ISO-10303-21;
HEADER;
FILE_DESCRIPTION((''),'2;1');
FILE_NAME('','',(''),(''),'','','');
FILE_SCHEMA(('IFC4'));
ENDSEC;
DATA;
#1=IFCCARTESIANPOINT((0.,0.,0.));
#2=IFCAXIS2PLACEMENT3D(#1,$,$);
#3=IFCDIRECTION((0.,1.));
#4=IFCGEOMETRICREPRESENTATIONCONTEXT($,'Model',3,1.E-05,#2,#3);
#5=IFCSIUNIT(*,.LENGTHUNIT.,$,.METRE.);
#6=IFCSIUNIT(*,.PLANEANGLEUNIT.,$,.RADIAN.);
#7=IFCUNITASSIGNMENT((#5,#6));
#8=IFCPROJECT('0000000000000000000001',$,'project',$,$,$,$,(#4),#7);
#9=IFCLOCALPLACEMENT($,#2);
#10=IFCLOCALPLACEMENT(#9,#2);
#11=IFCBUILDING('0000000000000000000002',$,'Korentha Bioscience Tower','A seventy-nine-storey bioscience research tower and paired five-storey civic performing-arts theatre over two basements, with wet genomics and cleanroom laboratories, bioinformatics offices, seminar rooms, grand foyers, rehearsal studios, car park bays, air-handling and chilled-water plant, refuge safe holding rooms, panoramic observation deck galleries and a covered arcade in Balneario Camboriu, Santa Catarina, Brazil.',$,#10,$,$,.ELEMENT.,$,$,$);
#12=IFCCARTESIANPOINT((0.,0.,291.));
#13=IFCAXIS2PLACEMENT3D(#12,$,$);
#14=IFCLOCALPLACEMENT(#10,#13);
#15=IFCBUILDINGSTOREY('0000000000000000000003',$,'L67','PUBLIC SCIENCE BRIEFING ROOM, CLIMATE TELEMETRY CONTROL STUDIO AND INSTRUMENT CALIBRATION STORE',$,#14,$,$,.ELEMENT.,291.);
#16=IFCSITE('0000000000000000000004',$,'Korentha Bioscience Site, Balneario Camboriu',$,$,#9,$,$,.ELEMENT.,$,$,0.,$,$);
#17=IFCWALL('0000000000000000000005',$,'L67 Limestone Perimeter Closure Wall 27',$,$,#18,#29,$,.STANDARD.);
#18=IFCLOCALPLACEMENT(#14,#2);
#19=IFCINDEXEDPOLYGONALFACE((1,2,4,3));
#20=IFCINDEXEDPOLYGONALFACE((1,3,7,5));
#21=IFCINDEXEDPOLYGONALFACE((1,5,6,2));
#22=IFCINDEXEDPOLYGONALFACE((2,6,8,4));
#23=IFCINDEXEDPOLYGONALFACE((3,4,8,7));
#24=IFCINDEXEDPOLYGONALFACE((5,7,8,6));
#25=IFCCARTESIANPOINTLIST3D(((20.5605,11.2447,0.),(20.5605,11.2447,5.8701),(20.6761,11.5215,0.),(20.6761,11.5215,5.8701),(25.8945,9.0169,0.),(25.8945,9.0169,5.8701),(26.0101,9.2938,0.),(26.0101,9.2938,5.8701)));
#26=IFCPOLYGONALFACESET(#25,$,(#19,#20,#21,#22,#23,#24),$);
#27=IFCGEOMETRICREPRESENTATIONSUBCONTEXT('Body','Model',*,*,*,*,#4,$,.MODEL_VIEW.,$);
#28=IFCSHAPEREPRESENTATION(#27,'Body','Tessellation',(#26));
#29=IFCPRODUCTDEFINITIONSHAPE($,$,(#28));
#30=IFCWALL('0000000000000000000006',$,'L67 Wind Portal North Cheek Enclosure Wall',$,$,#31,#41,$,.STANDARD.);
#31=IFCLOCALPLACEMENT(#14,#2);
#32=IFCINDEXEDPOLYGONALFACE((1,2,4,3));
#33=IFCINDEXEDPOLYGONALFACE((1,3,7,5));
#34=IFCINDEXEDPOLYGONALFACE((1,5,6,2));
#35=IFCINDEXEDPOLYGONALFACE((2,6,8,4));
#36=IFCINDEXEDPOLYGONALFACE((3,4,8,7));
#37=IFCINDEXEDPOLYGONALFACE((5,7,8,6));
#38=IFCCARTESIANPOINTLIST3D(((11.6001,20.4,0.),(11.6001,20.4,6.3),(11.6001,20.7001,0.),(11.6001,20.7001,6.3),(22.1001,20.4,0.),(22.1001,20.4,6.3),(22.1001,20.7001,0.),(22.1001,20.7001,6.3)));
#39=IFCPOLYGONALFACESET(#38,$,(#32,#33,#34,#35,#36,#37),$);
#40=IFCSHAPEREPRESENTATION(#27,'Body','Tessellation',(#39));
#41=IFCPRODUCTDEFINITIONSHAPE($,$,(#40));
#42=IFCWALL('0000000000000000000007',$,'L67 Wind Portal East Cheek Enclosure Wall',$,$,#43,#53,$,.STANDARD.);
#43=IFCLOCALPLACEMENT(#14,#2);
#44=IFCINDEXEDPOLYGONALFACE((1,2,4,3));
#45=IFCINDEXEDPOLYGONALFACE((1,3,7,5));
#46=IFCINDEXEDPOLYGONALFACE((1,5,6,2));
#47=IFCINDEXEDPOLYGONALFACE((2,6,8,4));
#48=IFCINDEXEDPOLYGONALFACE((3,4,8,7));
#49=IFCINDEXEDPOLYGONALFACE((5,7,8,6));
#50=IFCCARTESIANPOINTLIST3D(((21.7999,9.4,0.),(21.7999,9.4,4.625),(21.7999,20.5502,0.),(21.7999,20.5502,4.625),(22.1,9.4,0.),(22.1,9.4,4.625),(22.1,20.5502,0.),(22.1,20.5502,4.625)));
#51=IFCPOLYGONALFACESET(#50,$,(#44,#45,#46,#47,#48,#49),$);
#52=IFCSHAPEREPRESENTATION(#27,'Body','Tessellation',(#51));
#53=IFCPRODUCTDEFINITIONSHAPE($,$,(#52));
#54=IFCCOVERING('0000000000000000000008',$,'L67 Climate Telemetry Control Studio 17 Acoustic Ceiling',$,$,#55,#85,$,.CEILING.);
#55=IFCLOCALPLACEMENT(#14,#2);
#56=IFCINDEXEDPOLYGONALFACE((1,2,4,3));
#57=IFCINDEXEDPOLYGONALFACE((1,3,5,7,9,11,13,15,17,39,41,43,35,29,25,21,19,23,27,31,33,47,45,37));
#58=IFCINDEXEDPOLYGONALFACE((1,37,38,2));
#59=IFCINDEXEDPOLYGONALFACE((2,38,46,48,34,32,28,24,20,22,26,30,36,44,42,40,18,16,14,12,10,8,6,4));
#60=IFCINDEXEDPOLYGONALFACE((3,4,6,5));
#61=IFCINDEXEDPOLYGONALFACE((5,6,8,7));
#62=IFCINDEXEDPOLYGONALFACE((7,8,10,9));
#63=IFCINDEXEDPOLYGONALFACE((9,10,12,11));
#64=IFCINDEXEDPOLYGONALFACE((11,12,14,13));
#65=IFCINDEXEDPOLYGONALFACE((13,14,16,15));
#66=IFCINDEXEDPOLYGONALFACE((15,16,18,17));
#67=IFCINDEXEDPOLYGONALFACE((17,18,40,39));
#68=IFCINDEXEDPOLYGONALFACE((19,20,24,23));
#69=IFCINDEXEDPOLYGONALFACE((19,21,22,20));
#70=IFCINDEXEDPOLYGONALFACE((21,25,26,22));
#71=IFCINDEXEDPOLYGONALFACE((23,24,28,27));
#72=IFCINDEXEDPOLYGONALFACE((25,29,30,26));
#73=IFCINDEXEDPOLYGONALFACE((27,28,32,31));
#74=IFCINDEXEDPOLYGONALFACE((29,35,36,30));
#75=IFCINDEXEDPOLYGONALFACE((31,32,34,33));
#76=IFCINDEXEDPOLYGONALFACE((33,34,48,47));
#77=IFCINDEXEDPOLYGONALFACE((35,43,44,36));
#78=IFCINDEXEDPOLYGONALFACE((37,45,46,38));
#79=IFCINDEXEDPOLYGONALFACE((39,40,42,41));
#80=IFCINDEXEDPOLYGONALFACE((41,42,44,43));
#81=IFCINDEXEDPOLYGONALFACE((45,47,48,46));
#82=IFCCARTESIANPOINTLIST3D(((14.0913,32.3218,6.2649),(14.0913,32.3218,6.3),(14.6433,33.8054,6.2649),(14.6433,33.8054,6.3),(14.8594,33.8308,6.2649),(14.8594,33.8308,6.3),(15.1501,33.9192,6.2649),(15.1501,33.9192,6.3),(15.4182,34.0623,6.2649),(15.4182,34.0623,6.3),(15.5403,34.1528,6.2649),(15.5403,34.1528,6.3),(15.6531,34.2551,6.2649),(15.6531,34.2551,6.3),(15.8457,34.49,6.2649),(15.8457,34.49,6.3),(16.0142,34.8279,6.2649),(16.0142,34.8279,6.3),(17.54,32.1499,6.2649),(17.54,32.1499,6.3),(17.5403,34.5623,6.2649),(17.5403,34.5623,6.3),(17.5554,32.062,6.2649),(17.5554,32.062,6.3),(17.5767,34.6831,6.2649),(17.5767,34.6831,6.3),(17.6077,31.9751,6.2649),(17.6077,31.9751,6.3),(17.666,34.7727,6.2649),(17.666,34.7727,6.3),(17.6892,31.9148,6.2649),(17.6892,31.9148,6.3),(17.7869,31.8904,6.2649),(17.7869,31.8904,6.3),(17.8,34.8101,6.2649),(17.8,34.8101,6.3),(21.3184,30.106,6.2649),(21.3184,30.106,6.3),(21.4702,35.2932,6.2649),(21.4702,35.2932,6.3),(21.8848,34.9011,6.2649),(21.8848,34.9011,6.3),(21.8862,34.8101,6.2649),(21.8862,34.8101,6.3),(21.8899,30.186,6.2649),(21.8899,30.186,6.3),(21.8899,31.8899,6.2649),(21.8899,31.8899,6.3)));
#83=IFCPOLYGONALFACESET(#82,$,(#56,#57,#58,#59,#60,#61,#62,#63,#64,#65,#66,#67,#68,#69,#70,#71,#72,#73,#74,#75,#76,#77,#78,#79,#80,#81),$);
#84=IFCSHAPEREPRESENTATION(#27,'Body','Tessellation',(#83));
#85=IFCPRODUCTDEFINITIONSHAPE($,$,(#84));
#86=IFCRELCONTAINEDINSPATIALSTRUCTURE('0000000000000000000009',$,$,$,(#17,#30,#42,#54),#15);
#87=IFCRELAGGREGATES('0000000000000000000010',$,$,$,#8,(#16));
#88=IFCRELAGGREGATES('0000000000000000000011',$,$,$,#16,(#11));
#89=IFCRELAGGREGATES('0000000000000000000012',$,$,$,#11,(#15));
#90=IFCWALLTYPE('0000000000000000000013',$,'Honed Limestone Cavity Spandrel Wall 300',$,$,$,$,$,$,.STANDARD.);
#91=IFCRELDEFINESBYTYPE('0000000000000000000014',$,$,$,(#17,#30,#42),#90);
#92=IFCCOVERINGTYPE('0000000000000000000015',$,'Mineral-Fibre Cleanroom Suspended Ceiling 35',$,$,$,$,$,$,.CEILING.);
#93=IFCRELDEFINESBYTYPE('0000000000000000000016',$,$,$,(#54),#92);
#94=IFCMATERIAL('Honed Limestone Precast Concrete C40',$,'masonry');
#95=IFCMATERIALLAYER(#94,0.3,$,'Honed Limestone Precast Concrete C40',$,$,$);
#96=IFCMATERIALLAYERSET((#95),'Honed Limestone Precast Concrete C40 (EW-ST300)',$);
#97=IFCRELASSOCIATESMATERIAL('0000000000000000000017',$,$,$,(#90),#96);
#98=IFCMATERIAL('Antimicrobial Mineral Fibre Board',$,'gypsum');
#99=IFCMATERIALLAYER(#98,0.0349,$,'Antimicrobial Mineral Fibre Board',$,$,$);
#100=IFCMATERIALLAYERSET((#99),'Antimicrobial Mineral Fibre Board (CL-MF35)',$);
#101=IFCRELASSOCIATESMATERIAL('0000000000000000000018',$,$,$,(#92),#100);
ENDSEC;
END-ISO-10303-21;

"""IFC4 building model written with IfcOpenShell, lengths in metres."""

from ifc_helpers import new_model, si_unit, direction, frame, frame_2d, origin, place, context, subcontext, project, spatial, polyline, rectangle, outline, extrude, material, layer, layer_set, type_object, element, save


model = new_model("IFC4")

# Units and contexts
model_context = context("Model", 3, precision=1e-05, world=origin(), true_north=direction((0.0, 1.0)))
body_context = subcontext(model_context, "Body", "Model", "MODEL_VIEW")
ifc_project = project(units=[si_unit("LENGTHUNIT", "METRE"), si_unit("PLANEANGLEUNIT", "RADIAN")], contexts=[model_context])

# Site, building, storey
site_placement = place(None, origin())
site = spatial("IfcSite", under=ifc_project, at=site_placement, Name="Korentha Bioscience Site, Balneario Camboriu", CompositionType="ELEMENT", RefElevation=0.0)
building_placement = place(site_placement, origin())
building = spatial("IfcBuilding", under=site, at=building_placement, Name="Korentha Bioscience Tower", Description="A seventy-nine-storey bioscience research tower and paired five-storey civic performing-arts theatre over two basements, with wet genomics and cleanroom laboratories, bioinformatics offices, seminar rooms, grand foyers, rehearsal studios, car park bays, air-handling and chilled-water plant, refuge safe holding rooms, panoramic observation deck galleries and a covered arcade in Balneario Camboriu, Santa Catarina, Brazil.", CompositionType="ELEMENT")
storey_placement = place(building_placement, frame((0.0, 0.0, 291.0)))
storey = spatial("IfcBuildingStorey", under=building, at=storey_placement, Name="L67", Description="PUBLIC SCIENCE BRIEFING ROOM, CLIMATE TELEMETRY CONTROL STUDIO AND INSTRUMENT CALIBRATION STORE", CompositionType="ELEMENT", Elevation=291.0)

# Walls
ifc_material_1 = material(Name="Honed Limestone Precast Concrete C40", Category="masonry")
ifc_layer_1 = layer(ifc_material_1, 0.3, Name="Honed Limestone Precast Concrete C40")
ifc_layer_set_1 = layer_set([ifc_layer_1], Name="Honed Limestone Precast Concrete C40 (EW-ST300)")
wall_type_1 = type_object("IfcWallType", Name="Honed Limestone Cavity Spandrel Wall 300", PredefinedType="STANDARD", material=ifc_layer_set_1)
wall_1_placement = place(storey_placement, frame((20.6184, 11.3831, 0.0), z_axis=(0.0, 0.0, 1.0), x_axis=(0.922752, -0.385395, 0.0)))
element("IfcWall", 1, at=wall_1_placement, inside=storey, type_object=wall_type_1, Name="L67 Limestone Perimeter Closure Wall 27", PredefinedType="STANDARD", context=body_context, shape_type="SweptSolid", body=[
    extrude(rectangle(XDim=5.7805, YDim=0.3, at=frame_2d((2.8901, 0.0))), origin(), (0.0, 0.0, 1.0), 5.8701),
])
wall_2_placement = place(storey_placement, frame((11.6001, 20.55, 0.0), z_axis=(0.0, 0.0, 1.0), x_axis=(1.0, 0.0, 0.0)))
element("IfcWall", 2, at=wall_2_placement, inside=storey, type_object=wall_type_1, Name="L67 Wind Portal North Cheek Enclosure Wall", PredefinedType="STANDARD", context=body_context, shape_type="SweptSolid", body=[
    extrude(rectangle(XDim=10.5, YDim=0.3, at=frame_2d((5.25, 0.0))), origin(), (0.0, 0.0, 1.0), 6.3),
])
wall_3_placement = place(storey_placement, frame((21.95, 9.3999, 0.0), z_axis=(0.0, 0.0, 1.0), x_axis=(0.0, 1.0, 0.0)))
element("IfcWall", 3, at=wall_3_placement, inside=storey, type_object=wall_type_1, Name="L67 Wind Portal East Cheek Enclosure Wall", PredefinedType="STANDARD", context=body_context, shape_type="SweptSolid", body=[
    extrude(rectangle(XDim=11.1501, YDim=0.3, at=frame_2d((5.5752, 0.0))), origin(), (0.0, 0.0, 1.0), 4.625),
])

# Covering
ifc_material_2 = material(Name="Antimicrobial Mineral Fibre Board", Category="gypsum")
ifc_layer_2 = layer(ifc_material_2, 0.0349, Name="Antimicrobial Mineral Fibre Board")
ifc_layer_set_2 = layer_set([ifc_layer_2], Name="Antimicrobial Mineral Fibre Board (CL-MF35)")
covering_type_1 = type_object("IfcCoveringType", Name="Mineral-Fibre Cleanroom Suspended Ceiling 35", PredefinedType="CEILING", material=ifc_layer_set_2)
covering_1_placement = place(storey_placement, frame((0.0, 0.0, 6.2649)))
element("IfcCovering", 4, at=covering_1_placement, inside=storey, type_object=covering_type_1, Name="L67 Climate Telemetry Control Studio 17 Acoustic Ceiling", PredefinedType="CEILING", context=body_context, shape_type="SweptSolid", body=[
    extrude(outline(polyline([(21.8862, 34.8101), (17.8, 34.8101), (17.666, 34.7727), (17.5767, 34.6831), (17.5403, 34.5623), (17.54, 32.1499), (17.5554, 32.062), (17.6077, 31.9751), (17.6892, 31.9148), (17.7869, 31.8904), (21.8899, 31.8899), (21.8899, 30.186), (21.3184, 30.106), (14.0913, 32.3218), (14.6433, 33.8054), (14.8594, 33.8308), (15.1501, 33.9192), (15.4182, 34.0623), (15.5403, 34.1528), (15.6531, 34.2551), (15.8457, 34.49), (16.0142, 34.8279), (21.4702, 35.2932), (21.8848, 34.9011), (21.8862, 34.8101)])), origin(), (0.0, 0.0, 1.0), 0.0352),
])

save(model, "model.ifc")
